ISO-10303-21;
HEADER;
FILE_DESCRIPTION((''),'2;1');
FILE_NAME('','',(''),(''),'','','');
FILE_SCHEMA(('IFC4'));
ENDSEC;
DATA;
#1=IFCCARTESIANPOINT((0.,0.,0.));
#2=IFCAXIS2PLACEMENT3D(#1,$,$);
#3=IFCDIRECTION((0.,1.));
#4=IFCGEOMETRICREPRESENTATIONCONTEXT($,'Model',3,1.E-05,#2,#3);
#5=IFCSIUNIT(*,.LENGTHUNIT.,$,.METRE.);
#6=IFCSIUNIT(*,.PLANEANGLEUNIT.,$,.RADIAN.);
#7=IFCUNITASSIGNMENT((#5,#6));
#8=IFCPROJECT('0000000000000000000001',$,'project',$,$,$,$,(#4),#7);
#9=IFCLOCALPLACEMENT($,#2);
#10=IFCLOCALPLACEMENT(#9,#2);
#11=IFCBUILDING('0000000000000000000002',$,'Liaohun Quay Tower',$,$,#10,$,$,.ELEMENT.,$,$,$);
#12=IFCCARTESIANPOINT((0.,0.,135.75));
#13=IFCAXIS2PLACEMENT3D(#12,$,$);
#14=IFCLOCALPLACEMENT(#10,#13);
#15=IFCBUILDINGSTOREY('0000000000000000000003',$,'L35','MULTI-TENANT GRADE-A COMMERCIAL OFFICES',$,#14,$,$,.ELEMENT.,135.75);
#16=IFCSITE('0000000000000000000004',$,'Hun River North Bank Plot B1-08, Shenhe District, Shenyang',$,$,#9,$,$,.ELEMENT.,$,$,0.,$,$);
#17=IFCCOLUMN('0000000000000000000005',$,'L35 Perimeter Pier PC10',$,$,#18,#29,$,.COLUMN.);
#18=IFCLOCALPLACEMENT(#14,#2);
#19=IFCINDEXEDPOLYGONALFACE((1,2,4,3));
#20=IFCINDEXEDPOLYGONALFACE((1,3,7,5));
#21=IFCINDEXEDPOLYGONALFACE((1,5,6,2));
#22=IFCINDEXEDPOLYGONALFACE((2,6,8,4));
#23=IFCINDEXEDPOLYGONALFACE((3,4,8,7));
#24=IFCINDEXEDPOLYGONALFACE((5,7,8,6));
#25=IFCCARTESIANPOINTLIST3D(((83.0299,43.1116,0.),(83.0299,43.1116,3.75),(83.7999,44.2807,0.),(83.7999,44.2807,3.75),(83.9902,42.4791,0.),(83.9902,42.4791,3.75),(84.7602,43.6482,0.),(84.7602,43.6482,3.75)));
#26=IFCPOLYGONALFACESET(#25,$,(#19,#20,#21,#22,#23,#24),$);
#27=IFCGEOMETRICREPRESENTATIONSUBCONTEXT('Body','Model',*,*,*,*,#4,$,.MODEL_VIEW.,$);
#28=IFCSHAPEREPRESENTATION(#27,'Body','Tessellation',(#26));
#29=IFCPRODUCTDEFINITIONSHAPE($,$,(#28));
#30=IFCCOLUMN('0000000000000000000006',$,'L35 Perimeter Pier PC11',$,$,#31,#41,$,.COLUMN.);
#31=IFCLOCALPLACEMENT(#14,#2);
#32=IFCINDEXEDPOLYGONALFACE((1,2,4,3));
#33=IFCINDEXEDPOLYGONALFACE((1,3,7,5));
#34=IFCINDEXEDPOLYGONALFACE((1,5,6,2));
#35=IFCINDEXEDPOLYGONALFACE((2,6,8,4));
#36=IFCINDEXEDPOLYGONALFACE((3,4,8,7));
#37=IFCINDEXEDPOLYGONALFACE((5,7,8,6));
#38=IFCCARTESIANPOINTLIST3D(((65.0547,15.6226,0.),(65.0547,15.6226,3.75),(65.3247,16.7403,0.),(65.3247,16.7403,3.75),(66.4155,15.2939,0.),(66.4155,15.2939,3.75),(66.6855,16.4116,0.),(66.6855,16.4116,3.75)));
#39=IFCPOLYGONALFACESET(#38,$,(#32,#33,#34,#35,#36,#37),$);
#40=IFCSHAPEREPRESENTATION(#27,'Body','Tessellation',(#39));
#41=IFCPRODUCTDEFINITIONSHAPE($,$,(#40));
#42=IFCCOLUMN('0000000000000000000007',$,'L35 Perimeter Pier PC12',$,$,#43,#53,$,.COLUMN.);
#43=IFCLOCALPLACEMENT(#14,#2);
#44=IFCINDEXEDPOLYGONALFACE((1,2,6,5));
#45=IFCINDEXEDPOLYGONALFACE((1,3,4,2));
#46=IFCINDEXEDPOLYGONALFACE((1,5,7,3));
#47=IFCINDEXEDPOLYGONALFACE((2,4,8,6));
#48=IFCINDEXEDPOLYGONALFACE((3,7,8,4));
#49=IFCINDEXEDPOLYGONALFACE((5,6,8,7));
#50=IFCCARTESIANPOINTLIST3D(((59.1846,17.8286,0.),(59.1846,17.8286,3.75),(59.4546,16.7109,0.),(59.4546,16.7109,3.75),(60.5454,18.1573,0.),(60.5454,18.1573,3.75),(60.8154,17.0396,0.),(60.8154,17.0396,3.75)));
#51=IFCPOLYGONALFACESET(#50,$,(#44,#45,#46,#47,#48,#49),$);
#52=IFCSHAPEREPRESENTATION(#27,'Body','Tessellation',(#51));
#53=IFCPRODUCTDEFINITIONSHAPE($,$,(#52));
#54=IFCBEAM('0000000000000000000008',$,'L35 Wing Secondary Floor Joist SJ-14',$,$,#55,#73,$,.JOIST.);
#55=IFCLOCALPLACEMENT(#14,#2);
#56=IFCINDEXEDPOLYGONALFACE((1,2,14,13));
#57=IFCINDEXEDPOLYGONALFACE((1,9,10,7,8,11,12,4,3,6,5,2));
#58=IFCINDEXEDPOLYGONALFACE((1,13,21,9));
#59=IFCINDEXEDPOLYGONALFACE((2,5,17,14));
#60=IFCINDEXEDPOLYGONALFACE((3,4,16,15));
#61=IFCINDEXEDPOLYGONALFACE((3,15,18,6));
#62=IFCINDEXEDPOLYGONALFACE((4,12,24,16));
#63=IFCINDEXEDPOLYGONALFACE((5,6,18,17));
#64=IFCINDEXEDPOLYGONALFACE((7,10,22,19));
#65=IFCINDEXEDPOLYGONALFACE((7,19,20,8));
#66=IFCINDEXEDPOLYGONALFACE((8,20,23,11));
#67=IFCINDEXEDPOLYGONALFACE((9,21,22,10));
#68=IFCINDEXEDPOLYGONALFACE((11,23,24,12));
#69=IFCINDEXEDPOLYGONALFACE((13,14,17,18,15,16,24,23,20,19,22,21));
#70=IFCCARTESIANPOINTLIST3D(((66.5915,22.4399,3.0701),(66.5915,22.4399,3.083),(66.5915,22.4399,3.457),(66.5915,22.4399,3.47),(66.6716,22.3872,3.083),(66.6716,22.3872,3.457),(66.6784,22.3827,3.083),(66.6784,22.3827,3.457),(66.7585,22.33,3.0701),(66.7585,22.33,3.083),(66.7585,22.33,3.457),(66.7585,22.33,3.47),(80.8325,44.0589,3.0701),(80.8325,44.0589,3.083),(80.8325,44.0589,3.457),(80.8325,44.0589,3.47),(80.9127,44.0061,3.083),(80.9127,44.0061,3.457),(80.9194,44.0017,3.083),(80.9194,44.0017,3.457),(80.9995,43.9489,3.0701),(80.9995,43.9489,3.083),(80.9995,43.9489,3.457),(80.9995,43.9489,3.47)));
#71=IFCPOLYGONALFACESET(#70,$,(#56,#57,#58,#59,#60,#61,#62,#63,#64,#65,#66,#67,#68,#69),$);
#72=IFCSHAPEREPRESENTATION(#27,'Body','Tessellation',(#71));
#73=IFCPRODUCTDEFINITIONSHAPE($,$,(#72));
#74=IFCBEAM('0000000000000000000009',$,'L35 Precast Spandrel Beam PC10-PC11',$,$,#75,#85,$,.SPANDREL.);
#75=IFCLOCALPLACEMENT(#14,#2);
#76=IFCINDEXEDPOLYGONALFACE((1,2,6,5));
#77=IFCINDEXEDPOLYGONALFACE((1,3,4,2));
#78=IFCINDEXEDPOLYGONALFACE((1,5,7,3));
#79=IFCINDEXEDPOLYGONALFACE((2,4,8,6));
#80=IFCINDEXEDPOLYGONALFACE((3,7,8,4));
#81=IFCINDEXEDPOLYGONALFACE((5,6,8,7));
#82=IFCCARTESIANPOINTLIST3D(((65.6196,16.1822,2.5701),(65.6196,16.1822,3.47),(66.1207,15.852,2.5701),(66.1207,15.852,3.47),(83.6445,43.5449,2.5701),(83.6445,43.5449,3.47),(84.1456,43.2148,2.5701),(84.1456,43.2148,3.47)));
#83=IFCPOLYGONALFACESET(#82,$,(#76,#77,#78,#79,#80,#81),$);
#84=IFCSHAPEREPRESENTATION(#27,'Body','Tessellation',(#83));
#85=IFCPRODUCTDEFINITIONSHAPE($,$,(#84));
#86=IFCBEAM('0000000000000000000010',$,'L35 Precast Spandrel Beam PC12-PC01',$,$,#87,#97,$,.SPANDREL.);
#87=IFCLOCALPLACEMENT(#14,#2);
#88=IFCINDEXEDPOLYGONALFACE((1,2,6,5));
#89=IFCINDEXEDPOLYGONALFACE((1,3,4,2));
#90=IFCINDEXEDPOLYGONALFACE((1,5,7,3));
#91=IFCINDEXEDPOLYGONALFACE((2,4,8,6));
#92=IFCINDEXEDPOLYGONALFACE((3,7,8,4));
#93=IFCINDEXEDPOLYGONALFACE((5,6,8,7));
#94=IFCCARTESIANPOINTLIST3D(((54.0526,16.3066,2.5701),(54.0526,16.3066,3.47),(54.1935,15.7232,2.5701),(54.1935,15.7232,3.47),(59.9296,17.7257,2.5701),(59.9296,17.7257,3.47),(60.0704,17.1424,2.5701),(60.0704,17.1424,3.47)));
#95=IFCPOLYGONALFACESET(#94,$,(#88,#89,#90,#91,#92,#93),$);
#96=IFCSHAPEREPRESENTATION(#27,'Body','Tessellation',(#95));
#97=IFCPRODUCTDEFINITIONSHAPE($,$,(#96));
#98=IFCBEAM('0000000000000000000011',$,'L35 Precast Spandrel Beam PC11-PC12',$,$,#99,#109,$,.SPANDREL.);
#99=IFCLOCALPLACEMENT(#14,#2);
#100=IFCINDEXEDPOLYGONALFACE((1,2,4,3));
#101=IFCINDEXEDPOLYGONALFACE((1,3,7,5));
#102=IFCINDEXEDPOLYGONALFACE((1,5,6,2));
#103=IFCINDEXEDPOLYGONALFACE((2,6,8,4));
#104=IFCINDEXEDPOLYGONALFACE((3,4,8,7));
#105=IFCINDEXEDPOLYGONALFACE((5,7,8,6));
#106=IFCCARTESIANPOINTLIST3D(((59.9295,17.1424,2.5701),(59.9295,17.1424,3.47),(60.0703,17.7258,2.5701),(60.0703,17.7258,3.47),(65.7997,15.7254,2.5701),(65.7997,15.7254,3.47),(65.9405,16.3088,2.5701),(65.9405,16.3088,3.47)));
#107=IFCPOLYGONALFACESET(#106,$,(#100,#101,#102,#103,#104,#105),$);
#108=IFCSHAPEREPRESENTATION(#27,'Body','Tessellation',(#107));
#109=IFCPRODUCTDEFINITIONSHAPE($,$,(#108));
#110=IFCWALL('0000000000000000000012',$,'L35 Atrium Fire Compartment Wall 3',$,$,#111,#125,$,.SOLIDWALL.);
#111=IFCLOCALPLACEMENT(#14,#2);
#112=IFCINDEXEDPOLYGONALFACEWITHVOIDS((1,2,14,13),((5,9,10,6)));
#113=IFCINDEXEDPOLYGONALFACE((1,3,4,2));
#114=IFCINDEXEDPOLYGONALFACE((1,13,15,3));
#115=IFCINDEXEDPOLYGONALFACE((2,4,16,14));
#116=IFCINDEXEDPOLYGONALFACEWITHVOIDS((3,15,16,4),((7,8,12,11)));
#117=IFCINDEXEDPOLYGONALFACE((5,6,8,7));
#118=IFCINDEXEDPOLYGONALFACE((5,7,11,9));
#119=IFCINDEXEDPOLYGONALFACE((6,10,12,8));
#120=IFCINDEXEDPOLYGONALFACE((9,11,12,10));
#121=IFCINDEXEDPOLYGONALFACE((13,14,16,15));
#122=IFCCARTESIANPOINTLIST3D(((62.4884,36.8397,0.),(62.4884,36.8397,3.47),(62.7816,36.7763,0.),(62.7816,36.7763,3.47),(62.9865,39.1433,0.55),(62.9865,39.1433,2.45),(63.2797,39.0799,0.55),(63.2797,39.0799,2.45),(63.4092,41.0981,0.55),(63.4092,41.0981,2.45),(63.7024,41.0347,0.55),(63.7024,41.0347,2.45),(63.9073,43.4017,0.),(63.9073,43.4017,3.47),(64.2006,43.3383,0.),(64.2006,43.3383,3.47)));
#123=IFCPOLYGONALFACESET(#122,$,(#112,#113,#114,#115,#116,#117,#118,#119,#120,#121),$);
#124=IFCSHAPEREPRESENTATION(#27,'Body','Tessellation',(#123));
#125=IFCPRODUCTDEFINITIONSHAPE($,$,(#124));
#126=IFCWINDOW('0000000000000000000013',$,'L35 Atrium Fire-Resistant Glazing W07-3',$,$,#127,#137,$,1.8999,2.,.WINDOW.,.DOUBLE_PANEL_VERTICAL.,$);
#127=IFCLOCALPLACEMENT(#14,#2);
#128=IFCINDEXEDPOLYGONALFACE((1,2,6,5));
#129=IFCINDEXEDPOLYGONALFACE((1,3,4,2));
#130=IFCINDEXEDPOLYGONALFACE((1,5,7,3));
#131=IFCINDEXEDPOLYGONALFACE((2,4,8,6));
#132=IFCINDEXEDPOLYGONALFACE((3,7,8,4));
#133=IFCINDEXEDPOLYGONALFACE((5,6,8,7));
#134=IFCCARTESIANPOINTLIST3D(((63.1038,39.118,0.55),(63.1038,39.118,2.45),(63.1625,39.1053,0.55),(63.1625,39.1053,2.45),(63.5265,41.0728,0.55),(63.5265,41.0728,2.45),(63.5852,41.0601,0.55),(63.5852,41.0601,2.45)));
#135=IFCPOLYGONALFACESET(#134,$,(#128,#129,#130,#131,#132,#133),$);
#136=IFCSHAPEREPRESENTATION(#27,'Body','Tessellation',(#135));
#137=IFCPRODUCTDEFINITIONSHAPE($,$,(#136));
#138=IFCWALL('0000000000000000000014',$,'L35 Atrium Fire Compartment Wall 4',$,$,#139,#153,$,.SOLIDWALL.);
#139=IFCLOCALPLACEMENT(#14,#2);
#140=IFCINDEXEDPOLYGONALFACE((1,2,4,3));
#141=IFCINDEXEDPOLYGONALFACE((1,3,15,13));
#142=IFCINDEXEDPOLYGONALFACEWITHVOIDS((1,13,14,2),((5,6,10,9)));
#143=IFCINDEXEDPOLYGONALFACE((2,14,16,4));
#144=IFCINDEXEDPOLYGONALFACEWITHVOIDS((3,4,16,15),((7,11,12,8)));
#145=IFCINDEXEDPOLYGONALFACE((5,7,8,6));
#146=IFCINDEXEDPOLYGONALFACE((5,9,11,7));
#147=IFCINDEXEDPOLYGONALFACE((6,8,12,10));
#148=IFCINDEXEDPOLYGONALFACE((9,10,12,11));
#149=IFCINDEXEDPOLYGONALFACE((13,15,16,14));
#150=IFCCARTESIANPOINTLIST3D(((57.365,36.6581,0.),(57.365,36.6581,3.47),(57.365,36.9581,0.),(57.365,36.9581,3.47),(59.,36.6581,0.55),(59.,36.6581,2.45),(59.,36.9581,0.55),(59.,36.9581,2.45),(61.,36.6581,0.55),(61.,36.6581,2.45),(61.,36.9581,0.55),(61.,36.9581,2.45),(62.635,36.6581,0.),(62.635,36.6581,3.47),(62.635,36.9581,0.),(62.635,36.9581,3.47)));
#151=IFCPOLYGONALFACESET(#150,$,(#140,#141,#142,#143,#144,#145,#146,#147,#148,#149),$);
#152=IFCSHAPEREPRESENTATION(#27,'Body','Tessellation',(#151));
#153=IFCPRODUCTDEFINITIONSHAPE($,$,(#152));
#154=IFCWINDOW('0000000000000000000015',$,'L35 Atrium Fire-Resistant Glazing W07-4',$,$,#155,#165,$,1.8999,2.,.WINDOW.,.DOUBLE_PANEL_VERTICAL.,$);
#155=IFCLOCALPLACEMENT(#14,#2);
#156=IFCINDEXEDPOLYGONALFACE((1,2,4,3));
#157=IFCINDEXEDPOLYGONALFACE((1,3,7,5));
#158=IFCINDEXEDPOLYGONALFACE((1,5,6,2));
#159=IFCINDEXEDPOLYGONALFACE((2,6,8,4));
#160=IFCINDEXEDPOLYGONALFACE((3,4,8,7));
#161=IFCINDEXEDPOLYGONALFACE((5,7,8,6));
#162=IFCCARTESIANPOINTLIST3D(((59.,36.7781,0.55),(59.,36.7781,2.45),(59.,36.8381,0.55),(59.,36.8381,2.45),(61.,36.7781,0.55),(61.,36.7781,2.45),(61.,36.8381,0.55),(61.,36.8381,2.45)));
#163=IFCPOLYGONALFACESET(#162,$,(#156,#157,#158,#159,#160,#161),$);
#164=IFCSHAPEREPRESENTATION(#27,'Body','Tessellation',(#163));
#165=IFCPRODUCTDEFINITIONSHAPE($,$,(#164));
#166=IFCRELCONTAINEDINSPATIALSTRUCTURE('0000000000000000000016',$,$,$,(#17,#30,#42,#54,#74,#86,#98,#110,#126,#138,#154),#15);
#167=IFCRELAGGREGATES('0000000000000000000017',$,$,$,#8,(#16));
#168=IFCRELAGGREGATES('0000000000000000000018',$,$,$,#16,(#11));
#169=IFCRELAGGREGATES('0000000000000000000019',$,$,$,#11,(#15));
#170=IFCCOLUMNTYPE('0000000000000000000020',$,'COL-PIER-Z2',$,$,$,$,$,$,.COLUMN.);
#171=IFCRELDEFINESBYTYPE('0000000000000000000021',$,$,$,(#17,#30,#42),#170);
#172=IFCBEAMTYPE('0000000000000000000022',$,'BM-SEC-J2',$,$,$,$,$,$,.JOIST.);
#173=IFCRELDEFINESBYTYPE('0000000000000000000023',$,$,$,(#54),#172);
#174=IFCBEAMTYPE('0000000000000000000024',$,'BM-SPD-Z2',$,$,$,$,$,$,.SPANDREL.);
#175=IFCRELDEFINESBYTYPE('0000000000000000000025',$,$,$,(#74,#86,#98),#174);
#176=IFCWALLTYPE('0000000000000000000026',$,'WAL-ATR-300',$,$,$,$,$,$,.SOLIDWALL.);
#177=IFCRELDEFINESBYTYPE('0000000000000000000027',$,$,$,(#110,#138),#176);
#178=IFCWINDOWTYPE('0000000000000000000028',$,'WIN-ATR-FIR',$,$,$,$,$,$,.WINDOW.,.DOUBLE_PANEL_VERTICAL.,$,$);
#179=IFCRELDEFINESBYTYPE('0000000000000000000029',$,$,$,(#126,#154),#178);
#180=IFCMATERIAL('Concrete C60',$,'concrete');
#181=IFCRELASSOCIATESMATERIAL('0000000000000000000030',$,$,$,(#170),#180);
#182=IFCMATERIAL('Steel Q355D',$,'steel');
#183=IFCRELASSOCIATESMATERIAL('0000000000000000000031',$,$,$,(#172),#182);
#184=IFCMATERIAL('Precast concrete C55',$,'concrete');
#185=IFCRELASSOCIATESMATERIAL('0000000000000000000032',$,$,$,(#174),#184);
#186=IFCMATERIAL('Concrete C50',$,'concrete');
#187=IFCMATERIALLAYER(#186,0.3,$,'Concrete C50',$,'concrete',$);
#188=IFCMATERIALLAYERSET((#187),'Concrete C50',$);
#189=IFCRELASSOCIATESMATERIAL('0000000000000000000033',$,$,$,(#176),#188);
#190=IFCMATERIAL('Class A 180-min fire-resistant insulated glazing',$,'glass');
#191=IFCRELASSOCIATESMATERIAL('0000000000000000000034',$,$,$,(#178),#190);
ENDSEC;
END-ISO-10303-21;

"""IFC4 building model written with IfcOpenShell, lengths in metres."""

from ifc_helpers import new_model, si_unit, direction, frame, frame_2d, origin, origin_2d, place, context, subcontext, project, spatial, rectangle, i_section, extrude, source, transform, mapped, material, layer, layer_set, material_profile, profile_set, type_object, element, fill, save


model = new_model("IFC4")

# Units and contexts
model_context = context("Model", 3, precision=1e-05, world=origin(), true_north=direction((0.0, 1.0)))
body_context = subcontext(model_context, "Body", "Model", "MODEL_VIEW")
ifc_project = project(units=[si_unit("LENGTHUNIT", "METRE"), si_unit("PLANEANGLEUNIT", "RADIAN")], contexts=[model_context])

# Site, building, storey
site_placement = place(None, origin())
site = spatial("IfcSite", under=ifc_project, at=site_placement, Name="Hun River North Bank Plot B1-08, Shenhe District, Shenyang", CompositionType="ELEMENT", RefElevation=0.0)
building_placement = place(site_placement, origin())
building = spatial("IfcBuilding", under=site, at=building_placement, Name="Liaohun Quay Tower", CompositionType="ELEMENT")
storey_placement = place(building_placement, frame((0.0, 0.0, 135.75)))
storey = spatial("IfcBuildingStorey", under=building, at=storey_placement, Name="L35", Description="MULTI-TENANT GRADE-A COMMERCIAL OFFICES", CompositionType="ELEMENT", Elevation=135.75)

# Columns
ifc_material_1 = material(Name="Concrete C60", Category="concrete")
ifc_material_profile_1 = material_profile(ifc_material_1, rectangle(XDim=1.3999, YDim=1.1499, at=origin_2d()), Name="RC1400x1150")
ifc_profile_set_1 = profile_set([ifc_material_profile_1], Name="Concrete C60")
column_type = type_object("IfcColumnType", Name="COL-PIER-Z2", PredefinedType="COLUMN", material=ifc_profile_set_1)
shared_shape_1 = source(origin(), body_context, "Body", "SweptSolid", [
    extrude(rectangle(XDim=1.3999, YDim=1.1499, at=origin_2d()), origin(), (0.0, 0.0, 1.0), 3.75),
])
for number, where, z_axis, x_axis, name in (
    (1, (83.895, 43.3799, 0.0), (0.0, 0.0, 1.0), (0.550044, 0.835136, 0.0), "L35 Perimeter Pier PC10"),
    (2, (65.8701, 16.0171, 0.0), (0.0, 0.0, 1.0), (-0.972043, 0.234803, 0.0), "L35 Perimeter Pier PC11"),
    (3, (60.0, 17.4341, 0.0), (0.0, 0.0, 1.0), (0.972043, 0.234803, 0.0), "L35 Perimeter Pier PC12"),
):
    element("IfcColumn", number, at=place(storey_placement, frame(where, z_axis=z_axis, x_axis=x_axis)), inside=storey, type_object=column_type, Name=name, PredefinedType="COLUMN", context=body_context, shape_type="MappedRepresentation", body=[
        mapped(shared_shape_1, transform((0.0, 0.0, 0.0), x_axis=(1.0, 0.0, 0.0), y_axis=(0.0, 1.0, 0.0), z_axis=(0.0, 0.0, 1.0), scale=1.0)),
    ])

# Beams
ifc_material_2 = material(Name="Steel Q355D", Category="steel")
ifc_material_profile_2 = material_profile(ifc_material_2, i_section(OverallWidth=0.2, OverallDepth=0.3999, WebThickness=0.0081, FlangeThickness=0.0129, at=origin_2d()), Name="HN400x200x8x13")
ifc_profile_set_2 = profile_set([ifc_material_profile_2], Name="Steel Q355D")
beam_type_1 = type_object("IfcBeamType", Name="BM-SEC-J2", PredefinedType="JOIST", material=ifc_profile_set_2)
shared_shape_2 = source(origin(), body_context, "Body", "SweptSolid", [
    extrude(i_section(OverallWidth=0.2, OverallDepth=0.3999, WebThickness=0.0081, FlangeThickness=0.0129, at=origin_2d()), origin(), (0.0, 0.0, 1.0), 25.8879),
])
beam_1_placement = place(storey_placement, frame((80.916, 44.0039, 3.27), z_axis=(-0.550102, -0.835098, 0.0), x_axis=(0.835098, -0.550102, 0.0)))
element("IfcBeam", 4, at=beam_1_placement, inside=storey, type_object=beam_type_1, Name="L35 Wing Secondary Floor Joist SJ-14", PredefinedType="JOIST", context=body_context, shape_type="MappedRepresentation", body=[
    mapped(shared_shape_2, transform((0.0, 0.0, 0.0), x_axis=(1.0, 0.0, 0.0), y_axis=(0.0, 1.0, 0.0), z_axis=(0.0, 0.0, 1.0), scale=1.0)),
])
ifc_material_3 = material(Name="Precast concrete C55", Category="concrete")
ifc_material_profile_3 = material_profile(ifc_material_3, rectangle(XDim=0.6001, YDim=0.8999, at=origin_2d()), Name="RC600x900")
ifc_profile_set_3 = profile_set([ifc_material_profile_3], Name="Precast concrete C55")
beam_type_2 = type_object("IfcBeamType", Name="BM-SPD-Z2", PredefinedType="SPANDREL", material=ifc_profile_set_3)
shared_shape_3 = source(origin(), body_context, "Body", "SweptSolid", [
    extrude(rectangle(XDim=0.6001, YDim=0.8999, at=origin_2d()), origin(), (0.0, 0.0, 1.0), 32.7661),
])
beam_2_placement = place(storey_placement, frame((83.895, 43.3799, 3.02), z_axis=(-0.550108, -0.835094, 0.0), x_axis=(0.835094, -0.550108, 0.0)))
element("IfcBeam", 5, at=beam_2_placement, inside=storey, type_object=beam_type_2, Name="L35 Precast Spandrel Beam PC10-PC11", PredefinedType="SPANDREL", context=body_context, shape_type="MappedRepresentation", body=[
    mapped(shared_shape_3, transform((0.0, 0.0, 0.0), x_axis=(1.0, 0.0, 0.0), y_axis=(0.0, 1.0, 0.0), z_axis=(0.0, 0.0, 1.0), scale=1.0)),
])
shared_shape_4 = source(origin(), body_context, "Body", "SweptSolid", [
    extrude(rectangle(XDim=0.6001, YDim=0.8999, at=origin_2d()), origin(), (0.0, 0.0, 1.0), 6.0459),
])
beam_3_placement = place(storey_placement, frame((60.0, 17.4341, 3.02), z_axis=(-0.972059, -0.234737, 0.0), x_axis=(0.234737, -0.972059, 0.0)))
element("IfcBeam", 6, at=beam_3_placement, inside=storey, type_object=beam_type_2, Name="L35 Precast Spandrel Beam PC12-PC01", PredefinedType="SPANDREL", context=body_context, shape_type="MappedRepresentation", body=[
    mapped(shared_shape_4, transform((0.0, 0.0, 0.0), x_axis=(1.0, 0.0, 0.0), y_axis=(0.0, 1.0, 0.0), z_axis=(0.0, 0.0, 1.0), scale=1.0)),
])
shared_shape_5 = source(origin(), body_context, "Body", "SweptSolid", [
    extrude(rectangle(XDim=0.6001, YDim=0.8999, at=origin_2d()), origin(), (0.0, 0.0, 1.0), 6.0388),
])
beam_4_placement = place(storey_placement, frame((65.8701, 16.0171, 3.02), z_axis=(-0.97208, 0.234651, 0.0), x_axis=(-0.234651, -0.97208, 0.0)))
element("IfcBeam", 7, at=beam_4_placement, inside=storey, type_object=beam_type_2, Name="L35 Precast Spandrel Beam PC11-PC12", PredefinedType="SPANDREL", context=body_context, shape_type="MappedRepresentation", body=[
    mapped(shared_shape_5, transform((0.0, 0.0, 0.0), x_axis=(1.0, 0.0, 0.0), y_axis=(0.0, 1.0, 0.0), z_axis=(0.0, 0.0, 1.0), scale=1.0)),
])

# Walls, openings, windows
ifc_material_4 = material(Name="Concrete C50", Category="concrete")
ifc_layer_1 = layer(ifc_material_4, 0.3, Name="Concrete C50", Category="concrete")
ifc_layer_set_1 = layer_set([ifc_layer_1], Name="Concrete C50")
wall_type_1 = type_object("IfcWallType", Name="WAL-ATR-300", PredefinedType="SOLIDWALL", material=ifc_layer_set_1)
wall_1_placement = place(storey_placement, frame((64.054, 43.3701, 0.0), z_axis=(0.0, 0.0, 1.0), x_axis=(-0.211352, -0.97741, 0.0)))
wall_1 = element("IfcWall", 8, at=wall_1_placement, inside=storey, type_object=wall_type_1, Name="L35 Atrium Fire Compartment Wall 3", PredefinedType="SOLIDWALL", context=body_context, shape_type="SweptSolid", body=[
    extrude(rectangle(XDim=6.7136, YDim=0.3, at=frame_2d((3.3569, 0.0))), origin(), (0.0, 0.0, 1.0), 3.47),
])
shared_shape_6 = source(origin(), body_context, "Body", "SweptSolid", [
    extrude(rectangle(XDim=2.0, YDim=1.8999, at=frame_2d((1.0, 0.95))), frame((0.0, 0.1599, 0.0), z_axis=(0.0, -1.0, 0.0), x_axis=(1.0, 0.0, 0.0)), (0.0, 0.0, 1.0), 0.3201),
])
opening_1_placement = place(wall_1_placement, frame((2.3569, 0.0, 0.55)))
opening_1 = element("IfcOpeningElement", 9, at=opening_1_placement, cuts=wall_1, PredefinedType="OPENING", context=body_context, shape_type="MappedRepresentation", body=[
    mapped(shared_shape_6, transform((0.0, 0.0, 0.0), x_axis=(1.0, 0.0, 0.0), y_axis=(0.0, 1.0, 0.0), z_axis=(0.0, 0.0, 1.0), scale=1.0)),
])
ifc_material_5 = material(Name="Class A 180-min fire-resistant insulated glazing", Category="glass")
window_type_1 = type_object("IfcWindowType", Name="WIN-ATR-FIR", PartitioningType="DOUBLE_PANEL_VERTICAL", PredefinedType="WINDOW", material=ifc_material_5)
shared_shape_7 = source(origin(), body_context, "Body", "SweptSolid", [
    extrude(rectangle(XDim=2.0, YDim=1.8999, at=frame_2d((1.0, 0.95))), frame((0.0, 0.03, 0.0), z_axis=(0.0, -1.0, 0.0), x_axis=(1.0, 0.0, 0.0)), (0.0, 0.0, 1.0), 0.0601),
])
window_1_placement = place(opening_1_placement, origin())
window_1 = element("IfcWindow", 10, at=window_1_placement, inside=storey, type_object=window_type_1, Name="L35 Atrium Fire-Resistant Glazing W07-3", OverallHeight=1.8999, OverallWidth=2.0, PartitioningType="DOUBLE_PANEL_VERTICAL", PredefinedType="WINDOW", context=body_context, shape_type="MappedRepresentation", body=[
    mapped(shared_shape_7, transform((0.0, 0.0, 0.0), x_axis=(1.0, 0.0, 0.0), y_axis=(0.0, 1.0, 0.0), z_axis=(0.0, 0.0, 1.0), scale=1.0)),
])
fill(opening_1, window_1)
wall_2_placement = place(storey_placement, frame((62.635, 36.8081, 0.0), z_axis=(0.0, 0.0, 1.0), x_axis=(-1.0, 0.0, 0.0)))
wall_2 = element("IfcWall", 11, at=wall_2_placement, inside=storey, type_object=wall_type_1, Name="L35 Atrium Fire Compartment Wall 4", PredefinedType="SOLIDWALL", context=body_context, shape_type="SweptSolid", body=[
    extrude(rectangle(XDim=5.27, YDim=0.3, at=frame_2d((2.635, 0.0))), origin(), (0.0, 0.0, 1.0), 3.47),
])
opening_2_placement = place(wall_2_placement, frame((1.635, 0.0, 0.55)))
opening_2 = element("IfcOpeningElement", 12, at=opening_2_placement, cuts=wall_2, PredefinedType="OPENING", context=body_context, shape_type="MappedRepresentation", body=[
    mapped(shared_shape_6, transform((0.0, 0.0, 0.0), x_axis=(1.0, 0.0, 0.0), y_axis=(0.0, 1.0, 0.0), z_axis=(0.0, 0.0, 1.0), scale=1.0)),
])
window_2_placement = place(opening_2_placement, origin())
window_2 = element("IfcWindow", 13, at=window_2_placement, inside=storey, type_object=window_type_1, Name="L35 Atrium Fire-Resistant Glazing W07-4", OverallHeight=1.8999, OverallWidth=2.0, PartitioningType="DOUBLE_PANEL_VERTICAL", PredefinedType="WINDOW", context=body_context, shape_type="MappedRepresentation", body=[
    mapped(shared_shape_7, transform((0.0, 0.0, 0.0), x_axis=(1.0, 0.0, 0.0), y_axis=(0.0, 1.0, 0.0), z_axis=(0.0, 0.0, 1.0), scale=1.0)),
])
fill(opening_2, window_2)

save(model, "model.ifc")
